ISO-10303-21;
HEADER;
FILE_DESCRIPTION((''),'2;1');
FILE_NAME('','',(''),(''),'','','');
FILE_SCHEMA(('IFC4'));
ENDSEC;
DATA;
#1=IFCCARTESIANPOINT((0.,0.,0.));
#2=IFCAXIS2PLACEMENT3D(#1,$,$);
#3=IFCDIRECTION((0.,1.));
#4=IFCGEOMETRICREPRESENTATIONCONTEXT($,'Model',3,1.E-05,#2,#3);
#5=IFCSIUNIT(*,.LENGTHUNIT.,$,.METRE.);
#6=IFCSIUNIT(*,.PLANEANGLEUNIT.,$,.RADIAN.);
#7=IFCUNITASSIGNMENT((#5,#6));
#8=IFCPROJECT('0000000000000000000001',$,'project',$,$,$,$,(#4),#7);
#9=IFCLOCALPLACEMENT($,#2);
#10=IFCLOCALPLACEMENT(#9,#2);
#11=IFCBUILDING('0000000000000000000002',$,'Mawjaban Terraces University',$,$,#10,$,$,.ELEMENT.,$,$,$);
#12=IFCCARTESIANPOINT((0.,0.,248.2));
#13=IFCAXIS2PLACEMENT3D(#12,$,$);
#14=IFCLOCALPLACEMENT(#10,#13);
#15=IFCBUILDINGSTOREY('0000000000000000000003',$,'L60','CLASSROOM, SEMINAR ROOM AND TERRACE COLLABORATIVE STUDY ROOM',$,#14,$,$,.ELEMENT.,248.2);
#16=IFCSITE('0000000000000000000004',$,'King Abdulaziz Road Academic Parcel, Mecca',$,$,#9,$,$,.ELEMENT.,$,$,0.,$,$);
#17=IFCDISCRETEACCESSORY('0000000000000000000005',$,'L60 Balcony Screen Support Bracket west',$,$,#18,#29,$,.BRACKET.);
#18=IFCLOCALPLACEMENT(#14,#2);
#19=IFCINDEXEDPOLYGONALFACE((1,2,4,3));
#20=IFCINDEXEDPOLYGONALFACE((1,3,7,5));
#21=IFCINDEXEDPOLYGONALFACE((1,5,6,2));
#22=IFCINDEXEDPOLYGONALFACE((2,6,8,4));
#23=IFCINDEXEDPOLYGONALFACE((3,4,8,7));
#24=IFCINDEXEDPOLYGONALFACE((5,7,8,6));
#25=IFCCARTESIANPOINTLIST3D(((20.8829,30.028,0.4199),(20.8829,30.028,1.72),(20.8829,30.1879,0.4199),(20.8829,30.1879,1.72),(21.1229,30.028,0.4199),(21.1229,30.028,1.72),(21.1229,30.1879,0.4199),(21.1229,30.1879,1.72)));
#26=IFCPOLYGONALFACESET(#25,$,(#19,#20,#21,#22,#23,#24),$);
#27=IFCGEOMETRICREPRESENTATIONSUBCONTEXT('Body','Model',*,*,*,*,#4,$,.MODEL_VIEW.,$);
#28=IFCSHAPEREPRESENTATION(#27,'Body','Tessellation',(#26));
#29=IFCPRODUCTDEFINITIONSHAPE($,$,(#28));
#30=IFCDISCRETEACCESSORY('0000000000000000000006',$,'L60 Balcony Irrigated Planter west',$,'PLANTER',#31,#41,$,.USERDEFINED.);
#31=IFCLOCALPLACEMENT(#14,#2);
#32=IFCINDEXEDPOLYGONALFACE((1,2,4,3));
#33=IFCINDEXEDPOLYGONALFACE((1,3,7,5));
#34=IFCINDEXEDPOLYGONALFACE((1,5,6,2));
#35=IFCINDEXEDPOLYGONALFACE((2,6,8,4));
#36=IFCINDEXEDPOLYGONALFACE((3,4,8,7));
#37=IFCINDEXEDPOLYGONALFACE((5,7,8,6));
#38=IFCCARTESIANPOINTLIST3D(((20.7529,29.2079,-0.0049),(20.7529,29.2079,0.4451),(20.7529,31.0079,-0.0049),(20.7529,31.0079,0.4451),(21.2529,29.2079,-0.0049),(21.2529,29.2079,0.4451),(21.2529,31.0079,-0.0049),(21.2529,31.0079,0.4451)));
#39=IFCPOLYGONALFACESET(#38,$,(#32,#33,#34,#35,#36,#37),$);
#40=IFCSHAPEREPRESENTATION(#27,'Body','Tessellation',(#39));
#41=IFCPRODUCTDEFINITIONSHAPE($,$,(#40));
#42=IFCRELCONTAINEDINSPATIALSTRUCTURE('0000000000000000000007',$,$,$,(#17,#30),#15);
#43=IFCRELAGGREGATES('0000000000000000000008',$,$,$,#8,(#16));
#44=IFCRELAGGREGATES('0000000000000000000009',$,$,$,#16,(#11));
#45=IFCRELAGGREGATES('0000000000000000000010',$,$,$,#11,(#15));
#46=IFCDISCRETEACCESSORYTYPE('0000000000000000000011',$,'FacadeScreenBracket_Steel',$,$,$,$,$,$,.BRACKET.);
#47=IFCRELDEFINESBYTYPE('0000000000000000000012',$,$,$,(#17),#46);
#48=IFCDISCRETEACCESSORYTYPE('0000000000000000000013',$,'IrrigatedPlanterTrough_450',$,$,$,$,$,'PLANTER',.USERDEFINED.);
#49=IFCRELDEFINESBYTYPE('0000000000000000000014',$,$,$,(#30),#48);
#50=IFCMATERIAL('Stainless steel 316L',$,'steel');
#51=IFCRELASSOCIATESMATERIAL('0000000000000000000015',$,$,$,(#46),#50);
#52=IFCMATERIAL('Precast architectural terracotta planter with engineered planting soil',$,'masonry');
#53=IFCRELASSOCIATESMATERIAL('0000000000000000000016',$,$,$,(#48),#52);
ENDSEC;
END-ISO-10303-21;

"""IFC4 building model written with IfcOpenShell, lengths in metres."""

from ifc_helpers import new_model, si_unit, direction, frame, origin, origin_2d, place, context, subcontext, project, spatial, rectangle, extrude, material, type_object, element, save


model = new_model("IFC4")

# Units and contexts
model_context = context("Model", 3, precision=1e-05, world=origin(), true_north=direction((0.0, 1.0)))
body_context = subcontext(model_context, "Body", "Model", "MODEL_VIEW")
ifc_project = project(units=[si_unit("LENGTHUNIT", "METRE"), si_unit("PLANEANGLEUNIT", "RADIAN")], contexts=[model_context])

# Site, building, storey
site_placement = place(None, origin())
site = spatial("IfcSite", under=ifc_project, at=site_placement, Name="King Abdulaziz Road Academic Parcel, Mecca", CompositionType="ELEMENT", RefElevation=0.0)
building_placement = place(site_placement, origin())
building = spatial("IfcBuilding", under=site, at=building_placement, Name="Mawjaban Terraces University", CompositionType="ELEMENT")
storey_placement = place(building_placement, frame((0.0, 0.0, 248.2)))
storey = spatial("IfcBuildingStorey", under=building, at=storey_placement, Name="L60", Description="CLASSROOM, SEMINAR ROOM AND TERRACE COLLABORATIVE STUDY ROOM", CompositionType="ELEMENT", Elevation=248.2)

# Discrete accessories
ifc_material_1 = material(Name="Stainless steel 316L", Category="steel")
discrete_accessory_type_1 = type_object("IfcDiscreteAccessoryType", Name="FacadeScreenBracket_Steel", PredefinedType="BRACKET", material=ifc_material_1)
discrete_accessory_1_placement = place(storey_placement, frame((21.0029, 30.1079, 0.4199), z_axis=(0.0, 0.0, 1.0), x_axis=(0.0, 1.0, 0.0)))
element("IfcDiscreteAccessory", 1, at=discrete_accessory_1_placement, inside=storey, type_object=discrete_accessory_type_1, Name="L60 Balcony Screen Support Bracket west", PredefinedType="BRACKET", context=body_context, shape_type="SweptSolid", body=[
    extrude(rectangle(XDim=0.1599, YDim=0.24, at=origin_2d()), origin(), (0.0, 0.0, 1.0), 1.3),
])
ifc_material_2 = material(Name="Precast architectural terracotta planter with engineered planting soil", Category="masonry")
discrete_accessory_type_2 = type_object("IfcDiscreteAccessoryType", Name="IrrigatedPlanterTrough_450", ElementType="PLANTER", PredefinedType="USERDEFINED", material=ifc_material_2)
discrete_accessory_2_placement = place(storey_placement, frame((21.0029, 30.1079, -0.0049), z_axis=(0.0, 0.0, 1.0), x_axis=(0.0, 1.0, 0.0)))
element("IfcDiscreteAccessory", 2, at=discrete_accessory_2_placement, inside=storey, type_object=discrete_accessory_type_2, Name="L60 Balcony Irrigated Planter west", ObjectType="PLANTER", PredefinedType="USERDEFINED", context=body_context, shape_type="SweptSolid", body=[
    extrude(rectangle(XDim=1.8, YDim=0.5, at=origin_2d()), origin(), (0.0, 0.0, 1.0), 0.45),
])

save(model, "model.ifc")
